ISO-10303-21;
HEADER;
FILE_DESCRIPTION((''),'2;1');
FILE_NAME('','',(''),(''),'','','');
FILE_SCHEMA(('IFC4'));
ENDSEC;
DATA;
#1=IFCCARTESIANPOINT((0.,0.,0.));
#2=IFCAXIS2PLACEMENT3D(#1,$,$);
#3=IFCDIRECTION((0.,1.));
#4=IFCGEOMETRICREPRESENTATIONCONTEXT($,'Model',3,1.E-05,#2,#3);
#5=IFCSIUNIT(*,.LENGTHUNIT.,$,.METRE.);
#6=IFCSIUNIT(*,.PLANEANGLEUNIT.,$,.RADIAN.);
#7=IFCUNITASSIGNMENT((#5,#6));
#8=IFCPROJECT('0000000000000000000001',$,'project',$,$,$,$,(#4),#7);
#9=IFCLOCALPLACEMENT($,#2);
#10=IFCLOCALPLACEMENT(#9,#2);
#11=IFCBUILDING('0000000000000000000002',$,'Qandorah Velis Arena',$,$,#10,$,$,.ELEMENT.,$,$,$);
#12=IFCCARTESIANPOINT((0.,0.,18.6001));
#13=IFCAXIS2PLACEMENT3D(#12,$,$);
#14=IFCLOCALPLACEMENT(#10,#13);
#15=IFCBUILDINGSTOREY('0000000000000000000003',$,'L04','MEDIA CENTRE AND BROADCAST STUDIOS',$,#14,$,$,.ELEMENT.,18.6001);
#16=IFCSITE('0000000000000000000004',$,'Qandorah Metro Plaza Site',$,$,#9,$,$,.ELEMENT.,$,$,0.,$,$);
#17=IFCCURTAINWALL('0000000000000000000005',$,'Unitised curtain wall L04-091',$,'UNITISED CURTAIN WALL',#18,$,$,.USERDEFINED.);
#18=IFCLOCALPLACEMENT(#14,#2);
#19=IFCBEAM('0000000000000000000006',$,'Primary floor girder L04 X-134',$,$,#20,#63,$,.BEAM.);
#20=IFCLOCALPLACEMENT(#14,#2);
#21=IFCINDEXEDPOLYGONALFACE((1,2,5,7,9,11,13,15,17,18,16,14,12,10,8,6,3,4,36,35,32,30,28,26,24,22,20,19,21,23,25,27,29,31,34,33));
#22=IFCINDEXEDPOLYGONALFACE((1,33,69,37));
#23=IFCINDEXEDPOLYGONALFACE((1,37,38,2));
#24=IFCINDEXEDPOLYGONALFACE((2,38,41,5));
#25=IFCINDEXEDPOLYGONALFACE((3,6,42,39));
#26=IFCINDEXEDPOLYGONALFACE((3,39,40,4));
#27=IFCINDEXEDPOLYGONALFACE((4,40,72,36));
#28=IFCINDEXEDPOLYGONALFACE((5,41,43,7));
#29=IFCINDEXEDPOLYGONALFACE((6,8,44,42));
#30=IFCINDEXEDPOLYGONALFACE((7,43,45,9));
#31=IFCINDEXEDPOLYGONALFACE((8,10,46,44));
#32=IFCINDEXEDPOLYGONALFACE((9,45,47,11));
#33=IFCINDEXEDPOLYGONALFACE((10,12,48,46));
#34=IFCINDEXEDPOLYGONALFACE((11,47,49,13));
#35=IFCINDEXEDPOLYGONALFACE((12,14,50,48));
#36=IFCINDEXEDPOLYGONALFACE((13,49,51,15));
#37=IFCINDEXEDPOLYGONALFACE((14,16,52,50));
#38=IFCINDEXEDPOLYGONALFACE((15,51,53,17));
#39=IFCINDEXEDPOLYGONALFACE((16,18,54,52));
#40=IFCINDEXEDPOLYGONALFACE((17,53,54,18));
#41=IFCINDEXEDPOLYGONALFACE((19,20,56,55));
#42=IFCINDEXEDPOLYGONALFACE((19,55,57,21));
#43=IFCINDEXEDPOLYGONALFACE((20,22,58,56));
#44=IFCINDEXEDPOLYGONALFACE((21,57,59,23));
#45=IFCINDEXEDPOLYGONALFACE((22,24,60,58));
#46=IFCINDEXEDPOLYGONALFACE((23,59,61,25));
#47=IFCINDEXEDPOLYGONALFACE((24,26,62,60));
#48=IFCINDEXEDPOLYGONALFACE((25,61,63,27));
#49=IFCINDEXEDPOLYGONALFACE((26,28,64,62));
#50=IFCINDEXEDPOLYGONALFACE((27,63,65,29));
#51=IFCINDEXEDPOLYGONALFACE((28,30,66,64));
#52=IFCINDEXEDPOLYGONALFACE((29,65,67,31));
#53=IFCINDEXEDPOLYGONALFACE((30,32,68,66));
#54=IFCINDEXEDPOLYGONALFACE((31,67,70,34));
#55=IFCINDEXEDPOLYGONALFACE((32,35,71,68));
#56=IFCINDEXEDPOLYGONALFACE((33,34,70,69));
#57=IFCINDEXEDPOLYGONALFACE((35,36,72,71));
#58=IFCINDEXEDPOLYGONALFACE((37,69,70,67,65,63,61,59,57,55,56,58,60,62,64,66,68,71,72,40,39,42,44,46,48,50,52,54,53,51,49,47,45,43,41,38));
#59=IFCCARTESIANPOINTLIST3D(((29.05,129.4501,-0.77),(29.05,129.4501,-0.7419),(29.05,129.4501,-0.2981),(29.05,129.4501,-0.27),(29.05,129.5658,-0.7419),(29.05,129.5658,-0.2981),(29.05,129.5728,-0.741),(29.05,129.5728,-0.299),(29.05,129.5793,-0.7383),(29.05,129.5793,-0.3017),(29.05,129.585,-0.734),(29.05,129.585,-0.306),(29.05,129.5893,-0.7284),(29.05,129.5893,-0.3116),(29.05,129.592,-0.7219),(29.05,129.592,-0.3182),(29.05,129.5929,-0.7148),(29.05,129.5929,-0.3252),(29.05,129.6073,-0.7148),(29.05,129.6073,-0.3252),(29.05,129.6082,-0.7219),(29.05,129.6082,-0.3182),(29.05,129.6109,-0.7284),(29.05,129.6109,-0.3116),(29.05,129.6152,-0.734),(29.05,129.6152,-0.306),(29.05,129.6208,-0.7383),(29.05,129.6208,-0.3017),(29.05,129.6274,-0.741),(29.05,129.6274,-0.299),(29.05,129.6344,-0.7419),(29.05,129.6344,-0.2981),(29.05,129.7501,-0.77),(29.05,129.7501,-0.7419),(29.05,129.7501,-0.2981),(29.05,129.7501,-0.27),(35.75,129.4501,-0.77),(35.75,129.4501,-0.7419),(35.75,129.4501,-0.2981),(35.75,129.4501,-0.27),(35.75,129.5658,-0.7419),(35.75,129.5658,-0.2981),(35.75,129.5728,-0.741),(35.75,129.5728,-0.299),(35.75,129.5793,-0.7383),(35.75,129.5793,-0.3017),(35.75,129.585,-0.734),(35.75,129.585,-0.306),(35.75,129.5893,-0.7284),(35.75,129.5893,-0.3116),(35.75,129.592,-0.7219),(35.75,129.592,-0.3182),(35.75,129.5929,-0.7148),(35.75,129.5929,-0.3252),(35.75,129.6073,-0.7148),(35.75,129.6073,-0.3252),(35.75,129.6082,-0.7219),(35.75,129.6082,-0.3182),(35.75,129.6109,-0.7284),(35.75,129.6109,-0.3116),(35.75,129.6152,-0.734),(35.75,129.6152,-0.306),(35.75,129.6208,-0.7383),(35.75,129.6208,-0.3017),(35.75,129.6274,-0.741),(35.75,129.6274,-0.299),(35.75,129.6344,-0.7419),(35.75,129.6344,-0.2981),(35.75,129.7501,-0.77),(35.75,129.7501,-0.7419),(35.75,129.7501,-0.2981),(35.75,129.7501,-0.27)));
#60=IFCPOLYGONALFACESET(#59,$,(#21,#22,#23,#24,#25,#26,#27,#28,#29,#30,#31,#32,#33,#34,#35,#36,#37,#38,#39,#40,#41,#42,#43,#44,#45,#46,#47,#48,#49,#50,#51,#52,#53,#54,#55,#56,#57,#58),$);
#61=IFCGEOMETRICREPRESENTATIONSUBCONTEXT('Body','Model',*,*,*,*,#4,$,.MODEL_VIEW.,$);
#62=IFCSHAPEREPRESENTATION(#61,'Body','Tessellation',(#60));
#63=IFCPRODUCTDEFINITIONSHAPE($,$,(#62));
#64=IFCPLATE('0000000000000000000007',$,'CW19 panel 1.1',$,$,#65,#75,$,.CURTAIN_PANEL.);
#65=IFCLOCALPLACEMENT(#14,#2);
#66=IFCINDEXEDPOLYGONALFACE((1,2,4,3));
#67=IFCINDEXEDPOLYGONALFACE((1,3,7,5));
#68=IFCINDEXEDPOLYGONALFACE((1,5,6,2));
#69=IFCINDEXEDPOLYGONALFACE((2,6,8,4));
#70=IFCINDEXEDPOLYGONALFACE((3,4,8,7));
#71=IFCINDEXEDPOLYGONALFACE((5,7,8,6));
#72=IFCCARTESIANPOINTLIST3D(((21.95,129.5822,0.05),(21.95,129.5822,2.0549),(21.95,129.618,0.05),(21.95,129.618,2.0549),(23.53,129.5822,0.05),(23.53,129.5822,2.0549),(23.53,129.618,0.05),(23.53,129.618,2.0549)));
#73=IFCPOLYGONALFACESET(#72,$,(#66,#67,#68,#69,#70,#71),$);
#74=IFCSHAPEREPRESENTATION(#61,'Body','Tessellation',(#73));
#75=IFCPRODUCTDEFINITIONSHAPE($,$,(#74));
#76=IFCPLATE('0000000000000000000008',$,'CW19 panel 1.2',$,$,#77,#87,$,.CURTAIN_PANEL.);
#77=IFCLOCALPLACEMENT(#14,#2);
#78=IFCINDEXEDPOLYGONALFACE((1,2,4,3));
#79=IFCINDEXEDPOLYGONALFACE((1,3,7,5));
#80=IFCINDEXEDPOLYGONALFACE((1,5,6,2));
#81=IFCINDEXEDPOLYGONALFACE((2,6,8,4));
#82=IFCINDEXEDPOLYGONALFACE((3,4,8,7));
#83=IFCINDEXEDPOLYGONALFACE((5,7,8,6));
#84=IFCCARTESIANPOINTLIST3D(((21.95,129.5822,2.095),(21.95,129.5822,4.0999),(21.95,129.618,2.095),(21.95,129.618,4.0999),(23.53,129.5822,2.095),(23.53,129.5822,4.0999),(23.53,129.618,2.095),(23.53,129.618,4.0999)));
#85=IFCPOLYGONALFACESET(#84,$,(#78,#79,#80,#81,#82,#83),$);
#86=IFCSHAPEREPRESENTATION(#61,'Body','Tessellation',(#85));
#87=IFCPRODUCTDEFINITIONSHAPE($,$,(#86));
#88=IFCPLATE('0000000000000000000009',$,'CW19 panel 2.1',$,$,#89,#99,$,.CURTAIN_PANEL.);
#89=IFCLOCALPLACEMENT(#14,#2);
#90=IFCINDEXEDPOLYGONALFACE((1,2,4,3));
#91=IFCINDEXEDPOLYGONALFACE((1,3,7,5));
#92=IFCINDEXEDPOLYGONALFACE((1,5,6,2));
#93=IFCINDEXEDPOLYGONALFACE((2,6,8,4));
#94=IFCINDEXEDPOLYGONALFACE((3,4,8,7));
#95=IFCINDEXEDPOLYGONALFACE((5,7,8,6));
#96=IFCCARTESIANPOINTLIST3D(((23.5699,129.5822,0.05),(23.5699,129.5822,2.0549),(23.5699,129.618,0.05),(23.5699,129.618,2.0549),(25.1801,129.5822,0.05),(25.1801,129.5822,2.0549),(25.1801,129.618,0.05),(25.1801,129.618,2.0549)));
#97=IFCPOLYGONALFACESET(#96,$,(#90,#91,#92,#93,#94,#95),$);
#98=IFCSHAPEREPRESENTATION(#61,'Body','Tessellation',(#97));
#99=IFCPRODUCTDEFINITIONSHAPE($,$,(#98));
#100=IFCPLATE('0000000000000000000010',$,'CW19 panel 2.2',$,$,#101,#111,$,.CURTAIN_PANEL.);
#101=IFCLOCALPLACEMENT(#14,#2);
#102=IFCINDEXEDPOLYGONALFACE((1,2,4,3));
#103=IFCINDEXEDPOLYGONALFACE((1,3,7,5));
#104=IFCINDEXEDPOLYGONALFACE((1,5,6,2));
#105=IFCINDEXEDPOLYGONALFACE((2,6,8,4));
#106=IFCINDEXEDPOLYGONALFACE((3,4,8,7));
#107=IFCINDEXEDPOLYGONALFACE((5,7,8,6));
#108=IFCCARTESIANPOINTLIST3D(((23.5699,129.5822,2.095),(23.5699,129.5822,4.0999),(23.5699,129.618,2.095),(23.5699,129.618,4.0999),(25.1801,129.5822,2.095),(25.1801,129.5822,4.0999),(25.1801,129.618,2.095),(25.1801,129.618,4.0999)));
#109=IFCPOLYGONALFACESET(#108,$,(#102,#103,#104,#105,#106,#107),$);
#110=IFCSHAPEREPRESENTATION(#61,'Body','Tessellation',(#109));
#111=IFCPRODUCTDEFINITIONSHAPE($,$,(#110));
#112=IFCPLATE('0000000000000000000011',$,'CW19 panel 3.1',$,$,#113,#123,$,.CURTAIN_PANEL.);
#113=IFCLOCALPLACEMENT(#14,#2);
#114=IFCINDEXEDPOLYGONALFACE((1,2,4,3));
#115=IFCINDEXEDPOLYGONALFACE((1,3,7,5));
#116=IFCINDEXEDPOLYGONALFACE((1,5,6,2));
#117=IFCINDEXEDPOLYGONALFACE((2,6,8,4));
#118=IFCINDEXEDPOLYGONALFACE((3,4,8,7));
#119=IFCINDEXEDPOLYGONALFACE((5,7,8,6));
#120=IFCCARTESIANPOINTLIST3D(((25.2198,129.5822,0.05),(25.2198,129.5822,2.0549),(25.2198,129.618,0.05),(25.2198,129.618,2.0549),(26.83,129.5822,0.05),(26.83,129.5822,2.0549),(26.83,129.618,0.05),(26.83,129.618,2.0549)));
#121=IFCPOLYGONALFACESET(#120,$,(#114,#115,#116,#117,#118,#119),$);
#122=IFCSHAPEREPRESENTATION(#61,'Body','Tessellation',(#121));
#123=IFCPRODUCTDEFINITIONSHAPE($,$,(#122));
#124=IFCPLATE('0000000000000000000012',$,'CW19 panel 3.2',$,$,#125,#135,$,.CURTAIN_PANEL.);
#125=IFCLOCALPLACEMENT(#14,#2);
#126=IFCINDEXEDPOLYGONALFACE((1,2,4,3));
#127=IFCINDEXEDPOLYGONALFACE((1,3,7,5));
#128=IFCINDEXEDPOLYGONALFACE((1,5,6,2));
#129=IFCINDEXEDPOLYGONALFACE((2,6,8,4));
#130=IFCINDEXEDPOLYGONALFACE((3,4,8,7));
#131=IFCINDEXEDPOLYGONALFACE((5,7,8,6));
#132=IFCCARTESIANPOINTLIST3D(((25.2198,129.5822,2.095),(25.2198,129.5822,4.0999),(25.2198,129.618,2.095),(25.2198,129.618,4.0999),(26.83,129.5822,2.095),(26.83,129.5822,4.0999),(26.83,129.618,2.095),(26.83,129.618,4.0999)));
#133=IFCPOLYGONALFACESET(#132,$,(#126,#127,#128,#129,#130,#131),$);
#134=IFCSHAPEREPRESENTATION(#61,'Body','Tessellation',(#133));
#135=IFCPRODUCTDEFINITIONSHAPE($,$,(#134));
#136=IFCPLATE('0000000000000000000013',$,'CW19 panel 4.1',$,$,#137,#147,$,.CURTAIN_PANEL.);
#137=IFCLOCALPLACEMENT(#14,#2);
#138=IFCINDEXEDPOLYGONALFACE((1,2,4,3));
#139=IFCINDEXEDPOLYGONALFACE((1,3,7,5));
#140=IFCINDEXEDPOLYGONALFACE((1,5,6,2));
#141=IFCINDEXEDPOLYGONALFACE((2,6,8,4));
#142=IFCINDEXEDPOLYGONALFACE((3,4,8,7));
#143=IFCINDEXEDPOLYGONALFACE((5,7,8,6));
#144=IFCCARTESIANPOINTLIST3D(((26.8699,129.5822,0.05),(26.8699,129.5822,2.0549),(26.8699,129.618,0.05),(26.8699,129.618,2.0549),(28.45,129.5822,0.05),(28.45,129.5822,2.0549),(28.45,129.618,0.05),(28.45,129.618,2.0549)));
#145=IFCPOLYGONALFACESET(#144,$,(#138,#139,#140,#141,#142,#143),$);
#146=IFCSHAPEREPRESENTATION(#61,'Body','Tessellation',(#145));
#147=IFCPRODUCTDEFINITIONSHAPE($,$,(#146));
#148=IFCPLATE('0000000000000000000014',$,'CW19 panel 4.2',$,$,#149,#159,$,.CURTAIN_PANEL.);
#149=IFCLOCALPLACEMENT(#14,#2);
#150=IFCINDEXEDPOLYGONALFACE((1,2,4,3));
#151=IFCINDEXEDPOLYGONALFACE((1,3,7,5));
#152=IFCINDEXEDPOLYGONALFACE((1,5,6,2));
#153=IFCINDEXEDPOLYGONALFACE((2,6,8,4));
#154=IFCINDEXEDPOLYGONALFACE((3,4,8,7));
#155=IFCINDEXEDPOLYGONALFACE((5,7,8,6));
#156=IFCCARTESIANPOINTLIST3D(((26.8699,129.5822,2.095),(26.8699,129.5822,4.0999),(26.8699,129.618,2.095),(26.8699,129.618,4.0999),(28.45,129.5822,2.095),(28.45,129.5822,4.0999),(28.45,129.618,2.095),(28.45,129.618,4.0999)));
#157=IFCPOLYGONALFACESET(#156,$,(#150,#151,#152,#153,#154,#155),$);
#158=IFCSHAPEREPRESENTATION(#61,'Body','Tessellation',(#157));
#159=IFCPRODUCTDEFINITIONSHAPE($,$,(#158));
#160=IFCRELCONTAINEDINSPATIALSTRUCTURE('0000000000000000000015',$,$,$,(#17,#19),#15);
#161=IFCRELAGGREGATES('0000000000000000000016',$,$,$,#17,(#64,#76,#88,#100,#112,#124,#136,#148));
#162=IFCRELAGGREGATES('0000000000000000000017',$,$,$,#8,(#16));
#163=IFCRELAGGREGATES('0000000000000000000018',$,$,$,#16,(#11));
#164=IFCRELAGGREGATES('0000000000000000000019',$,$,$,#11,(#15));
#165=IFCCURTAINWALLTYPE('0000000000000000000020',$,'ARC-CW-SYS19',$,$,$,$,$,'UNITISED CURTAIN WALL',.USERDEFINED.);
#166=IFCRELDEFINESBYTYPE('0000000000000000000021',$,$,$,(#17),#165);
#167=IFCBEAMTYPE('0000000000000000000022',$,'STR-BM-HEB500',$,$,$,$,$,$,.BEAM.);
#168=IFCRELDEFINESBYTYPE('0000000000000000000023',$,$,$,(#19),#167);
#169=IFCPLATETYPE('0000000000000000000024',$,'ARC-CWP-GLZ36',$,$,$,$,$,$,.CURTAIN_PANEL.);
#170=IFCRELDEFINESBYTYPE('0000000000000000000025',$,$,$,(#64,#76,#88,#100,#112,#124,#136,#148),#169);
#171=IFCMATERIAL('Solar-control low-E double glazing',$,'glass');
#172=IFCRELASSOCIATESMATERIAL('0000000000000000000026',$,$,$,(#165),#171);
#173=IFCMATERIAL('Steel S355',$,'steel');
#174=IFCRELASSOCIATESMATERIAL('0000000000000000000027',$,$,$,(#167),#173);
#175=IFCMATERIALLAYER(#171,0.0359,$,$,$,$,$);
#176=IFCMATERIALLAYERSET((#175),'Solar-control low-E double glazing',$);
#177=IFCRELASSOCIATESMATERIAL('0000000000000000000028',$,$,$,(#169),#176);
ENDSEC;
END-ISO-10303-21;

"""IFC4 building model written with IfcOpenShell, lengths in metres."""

from ifc_helpers import new_model, si_unit, direction, frame, origin, origin_2d, place, context, subcontext, project, spatial, rectangle, i_section, extrude, material, layer, layer_set, material_profile, profile_set, type_object, element, aggregate, save


model = new_model("IFC4")

# Units and contexts
model_context = context("Model", 3, precision=1e-05, world=origin(), true_north=direction((0.0, 1.0)))
body_context = subcontext(model_context, "Body", "Model", "MODEL_VIEW")
ifc_project = project(units=[si_unit("LENGTHUNIT", "METRE"), si_unit("PLANEANGLEUNIT", "RADIAN")], contexts=[model_context])

# Site, building, storey
site_placement = place(None, origin())
site = spatial("IfcSite", under=ifc_project, at=site_placement, Name="Qandorah Metro Plaza Site", CompositionType="ELEMENT", RefElevation=0.0)
building_placement = place(site_placement, origin())
building = spatial("IfcBuilding", under=site, at=building_placement, Name="Qandorah Velis Arena", CompositionType="ELEMENT")
storey_placement = place(building_placement, frame((0.0, 0.0, 18.6001)))
storey = spatial("IfcBuildingStorey", under=building, at=storey_placement, Name="L04", Description="MEDIA CENTRE AND BROADCAST STUDIOS", CompositionType="ELEMENT", Elevation=18.6001)

# Shared definitions
ifc_material_1 = material(Name="Steel S355", Category="steel")

# Curtain wall
ifc_material_2 = material(Name="Solar-control low-E double glazing", Category="glass")
curtain_wall_type = type_object("IfcCurtainWallType", Name="ARC-CW-SYS19", ElementType="UNITISED CURTAIN WALL", PredefinedType="USERDEFINED", material=ifc_material_2)
curtain_wall_placement = place(storey_placement, origin())
curtain_wall = element("IfcCurtainWall", 1, at=curtain_wall_placement, inside=storey, type_object=curtain_wall_type, Name="Unitised curtain wall L04-091", ObjectType="UNITISED CURTAIN WALL", PredefinedType="USERDEFINED")

# Beam
ifc_material_profile_1 = material_profile(ifc_material_1, i_section(OverallWidth=0.3, OverallDepth=0.5, WebThickness=0.0144, FlangeThickness=0.0281, FilletRadius=0.0271, at=origin_2d()), Name="HEB 500")
ifc_profile_set_1 = profile_set([ifc_material_profile_1], Name="Steel S355")
beam_type = type_object("IfcBeamType", Name="STR-BM-HEB500", PredefinedType="BEAM", material=ifc_profile_set_1)
beam_placement = place(storey_placement, frame((29.05, 129.6001, -0.52), z_axis=(1.0, 0.0, 0.0), x_axis=(0.0, 1.0, 0.0)))
element("IfcBeam", 2, at=beam_placement, inside=storey, type_object=beam_type, Name="Primary floor girder L04 X-134", PredefinedType="BEAM", context=body_context, shape_type="SweptSolid", body=[
    extrude(i_section(OverallWidth=0.3, OverallDepth=0.5, WebThickness=0.0144, FlangeThickness=0.0281, FilletRadius=0.0271, at=origin_2d()), origin(), (0.0, 0.0, 1.0), 6.7),
])

# Plates
ifc_layer = layer(ifc_material_2, 0.0359)
ifc_layer_set = layer_set([ifc_layer], Name="Solar-control low-E double glazing")
plate_type = type_object("IfcPlateType", Name="ARC-CWP-GLZ36", PredefinedType="CURTAIN_PANEL", material=ifc_layer_set)
plate_1_placement = place(storey_placement, frame((22.74, 129.6001, 0.05), z_axis=(0.0, 0.0, 1.0), x_axis=(1.0, 0.0, 0.0)))
plate_1 = element("IfcPlate", 3, at=plate_1_placement, type_object=plate_type, Name="CW19 panel 1.1", PredefinedType="CURTAIN_PANEL", context=body_context, shape_type="SweptSolid", body=[
    extrude(rectangle(XDim=1.5801, YDim=0.0359, at=origin_2d()), origin(), (0.0, 0.0, 1.0), 2.0049),
])
plate_2_placement = place(storey_placement, frame((22.74, 129.6001, 2.095), z_axis=(0.0, 0.0, 1.0), x_axis=(1.0, 0.0, 0.0)))
plate_2 = element("IfcPlate", 4, at=plate_2_placement, type_object=plate_type, Name="CW19 panel 1.2", PredefinedType="CURTAIN_PANEL", context=body_context, shape_type="SweptSolid", body=[
    extrude(rectangle(XDim=1.5801, YDim=0.0359, at=origin_2d()), origin(), (0.0, 0.0, 1.0), 2.0049),
])
plate_3_placement = place(storey_placement, frame((24.375, 129.6001, 0.05), z_axis=(0.0, 0.0, 1.0), x_axis=(1.0, 0.0, 0.0)))
plate_3 = element("IfcPlate", 5, at=plate_3_placement, type_object=plate_type, Name="CW19 panel 2.1", PredefinedType="CURTAIN_PANEL", context=body_context, shape_type="SweptSolid", body=[
    extrude(rectangle(XDim=1.6101, YDim=0.0359, at=origin_2d()), origin(), (0.0, 0.0, 1.0), 2.0049),
])
plate_4_placement = place(storey_placement, frame((24.375, 129.6001, 2.095), z_axis=(0.0, 0.0, 1.0), x_axis=(1.0, 0.0, 0.0)))
plate_4 = element("IfcPlate", 6, at=plate_4_placement, type_object=plate_type, Name="CW19 panel 2.2", PredefinedType="CURTAIN_PANEL", context=body_context, shape_type="SweptSolid", body=[
    extrude(rectangle(XDim=1.6101, YDim=0.0359, at=origin_2d()), origin(), (0.0, 0.0, 1.0), 2.0049),
])
plate_5_placement = place(storey_placement, frame((26.0249, 129.6001, 0.05), z_axis=(0.0, 0.0, 1.0), x_axis=(1.0, 0.0, 0.0)))
plate_5 = element("IfcPlate", 7, at=plate_5_placement, type_object=plate_type, Name="CW19 panel 3.1", PredefinedType="CURTAIN_PANEL", context=body_context, shape_type="SweptSolid", body=[
    extrude(rectangle(XDim=1.6101, YDim=0.0359, at=origin_2d()), origin(), (0.0, 0.0, 1.0), 2.0049),
])
plate_6_placement = place(storey_placement, frame((26.0249, 129.6001, 2.095), z_axis=(0.0, 0.0, 1.0), x_axis=(1.0, 0.0, 0.0)))
plate_6 = element("IfcPlate", 8, at=plate_6_placement, type_object=plate_type, Name="CW19 panel 3.2", PredefinedType="CURTAIN_PANEL", context=body_context, shape_type="SweptSolid", body=[
    extrude(rectangle(XDim=1.6101, YDim=0.0359, at=origin_2d()), origin(), (0.0, 0.0, 1.0), 2.0049),
])
plate_7_placement = place(storey_placement, frame((27.6599, 129.6001, 0.05), z_axis=(0.0, 0.0, 1.0), x_axis=(1.0, 0.0, 0.0)))
plate_7 = element("IfcPlate", 9, at=plate_7_placement, type_object=plate_type, Name="CW19 panel 4.1", PredefinedType="CURTAIN_PANEL", context=body_context, shape_type="SweptSolid", body=[
    extrude(rectangle(XDim=1.5801, YDim=0.0359, at=origin_2d()), origin(), (0.0, 0.0, 1.0), 2.0049),
])
plate_8_placement = place(storey_placement, frame((27.6599, 129.6001, 2.095), z_axis=(0.0, 0.0, 1.0), x_axis=(1.0, 0.0, 0.0)))
plate_8 = element("IfcPlate", 10, at=plate_8_placement, type_object=plate_type, Name="CW19 panel 4.2", PredefinedType="CURTAIN_PANEL", context=body_context, shape_type="SweptSolid", body=[
    extrude(rectangle(XDim=1.5801, YDim=0.0359, at=origin_2d()), origin(), (0.0, 0.0, 1.0), 2.0049),
])
aggregate(curtain_wall, [plate_1, plate_2, plate_3, plate_4, plate_5, plate_6, plate_7, plate_8])

save(model, "model.ifc")
